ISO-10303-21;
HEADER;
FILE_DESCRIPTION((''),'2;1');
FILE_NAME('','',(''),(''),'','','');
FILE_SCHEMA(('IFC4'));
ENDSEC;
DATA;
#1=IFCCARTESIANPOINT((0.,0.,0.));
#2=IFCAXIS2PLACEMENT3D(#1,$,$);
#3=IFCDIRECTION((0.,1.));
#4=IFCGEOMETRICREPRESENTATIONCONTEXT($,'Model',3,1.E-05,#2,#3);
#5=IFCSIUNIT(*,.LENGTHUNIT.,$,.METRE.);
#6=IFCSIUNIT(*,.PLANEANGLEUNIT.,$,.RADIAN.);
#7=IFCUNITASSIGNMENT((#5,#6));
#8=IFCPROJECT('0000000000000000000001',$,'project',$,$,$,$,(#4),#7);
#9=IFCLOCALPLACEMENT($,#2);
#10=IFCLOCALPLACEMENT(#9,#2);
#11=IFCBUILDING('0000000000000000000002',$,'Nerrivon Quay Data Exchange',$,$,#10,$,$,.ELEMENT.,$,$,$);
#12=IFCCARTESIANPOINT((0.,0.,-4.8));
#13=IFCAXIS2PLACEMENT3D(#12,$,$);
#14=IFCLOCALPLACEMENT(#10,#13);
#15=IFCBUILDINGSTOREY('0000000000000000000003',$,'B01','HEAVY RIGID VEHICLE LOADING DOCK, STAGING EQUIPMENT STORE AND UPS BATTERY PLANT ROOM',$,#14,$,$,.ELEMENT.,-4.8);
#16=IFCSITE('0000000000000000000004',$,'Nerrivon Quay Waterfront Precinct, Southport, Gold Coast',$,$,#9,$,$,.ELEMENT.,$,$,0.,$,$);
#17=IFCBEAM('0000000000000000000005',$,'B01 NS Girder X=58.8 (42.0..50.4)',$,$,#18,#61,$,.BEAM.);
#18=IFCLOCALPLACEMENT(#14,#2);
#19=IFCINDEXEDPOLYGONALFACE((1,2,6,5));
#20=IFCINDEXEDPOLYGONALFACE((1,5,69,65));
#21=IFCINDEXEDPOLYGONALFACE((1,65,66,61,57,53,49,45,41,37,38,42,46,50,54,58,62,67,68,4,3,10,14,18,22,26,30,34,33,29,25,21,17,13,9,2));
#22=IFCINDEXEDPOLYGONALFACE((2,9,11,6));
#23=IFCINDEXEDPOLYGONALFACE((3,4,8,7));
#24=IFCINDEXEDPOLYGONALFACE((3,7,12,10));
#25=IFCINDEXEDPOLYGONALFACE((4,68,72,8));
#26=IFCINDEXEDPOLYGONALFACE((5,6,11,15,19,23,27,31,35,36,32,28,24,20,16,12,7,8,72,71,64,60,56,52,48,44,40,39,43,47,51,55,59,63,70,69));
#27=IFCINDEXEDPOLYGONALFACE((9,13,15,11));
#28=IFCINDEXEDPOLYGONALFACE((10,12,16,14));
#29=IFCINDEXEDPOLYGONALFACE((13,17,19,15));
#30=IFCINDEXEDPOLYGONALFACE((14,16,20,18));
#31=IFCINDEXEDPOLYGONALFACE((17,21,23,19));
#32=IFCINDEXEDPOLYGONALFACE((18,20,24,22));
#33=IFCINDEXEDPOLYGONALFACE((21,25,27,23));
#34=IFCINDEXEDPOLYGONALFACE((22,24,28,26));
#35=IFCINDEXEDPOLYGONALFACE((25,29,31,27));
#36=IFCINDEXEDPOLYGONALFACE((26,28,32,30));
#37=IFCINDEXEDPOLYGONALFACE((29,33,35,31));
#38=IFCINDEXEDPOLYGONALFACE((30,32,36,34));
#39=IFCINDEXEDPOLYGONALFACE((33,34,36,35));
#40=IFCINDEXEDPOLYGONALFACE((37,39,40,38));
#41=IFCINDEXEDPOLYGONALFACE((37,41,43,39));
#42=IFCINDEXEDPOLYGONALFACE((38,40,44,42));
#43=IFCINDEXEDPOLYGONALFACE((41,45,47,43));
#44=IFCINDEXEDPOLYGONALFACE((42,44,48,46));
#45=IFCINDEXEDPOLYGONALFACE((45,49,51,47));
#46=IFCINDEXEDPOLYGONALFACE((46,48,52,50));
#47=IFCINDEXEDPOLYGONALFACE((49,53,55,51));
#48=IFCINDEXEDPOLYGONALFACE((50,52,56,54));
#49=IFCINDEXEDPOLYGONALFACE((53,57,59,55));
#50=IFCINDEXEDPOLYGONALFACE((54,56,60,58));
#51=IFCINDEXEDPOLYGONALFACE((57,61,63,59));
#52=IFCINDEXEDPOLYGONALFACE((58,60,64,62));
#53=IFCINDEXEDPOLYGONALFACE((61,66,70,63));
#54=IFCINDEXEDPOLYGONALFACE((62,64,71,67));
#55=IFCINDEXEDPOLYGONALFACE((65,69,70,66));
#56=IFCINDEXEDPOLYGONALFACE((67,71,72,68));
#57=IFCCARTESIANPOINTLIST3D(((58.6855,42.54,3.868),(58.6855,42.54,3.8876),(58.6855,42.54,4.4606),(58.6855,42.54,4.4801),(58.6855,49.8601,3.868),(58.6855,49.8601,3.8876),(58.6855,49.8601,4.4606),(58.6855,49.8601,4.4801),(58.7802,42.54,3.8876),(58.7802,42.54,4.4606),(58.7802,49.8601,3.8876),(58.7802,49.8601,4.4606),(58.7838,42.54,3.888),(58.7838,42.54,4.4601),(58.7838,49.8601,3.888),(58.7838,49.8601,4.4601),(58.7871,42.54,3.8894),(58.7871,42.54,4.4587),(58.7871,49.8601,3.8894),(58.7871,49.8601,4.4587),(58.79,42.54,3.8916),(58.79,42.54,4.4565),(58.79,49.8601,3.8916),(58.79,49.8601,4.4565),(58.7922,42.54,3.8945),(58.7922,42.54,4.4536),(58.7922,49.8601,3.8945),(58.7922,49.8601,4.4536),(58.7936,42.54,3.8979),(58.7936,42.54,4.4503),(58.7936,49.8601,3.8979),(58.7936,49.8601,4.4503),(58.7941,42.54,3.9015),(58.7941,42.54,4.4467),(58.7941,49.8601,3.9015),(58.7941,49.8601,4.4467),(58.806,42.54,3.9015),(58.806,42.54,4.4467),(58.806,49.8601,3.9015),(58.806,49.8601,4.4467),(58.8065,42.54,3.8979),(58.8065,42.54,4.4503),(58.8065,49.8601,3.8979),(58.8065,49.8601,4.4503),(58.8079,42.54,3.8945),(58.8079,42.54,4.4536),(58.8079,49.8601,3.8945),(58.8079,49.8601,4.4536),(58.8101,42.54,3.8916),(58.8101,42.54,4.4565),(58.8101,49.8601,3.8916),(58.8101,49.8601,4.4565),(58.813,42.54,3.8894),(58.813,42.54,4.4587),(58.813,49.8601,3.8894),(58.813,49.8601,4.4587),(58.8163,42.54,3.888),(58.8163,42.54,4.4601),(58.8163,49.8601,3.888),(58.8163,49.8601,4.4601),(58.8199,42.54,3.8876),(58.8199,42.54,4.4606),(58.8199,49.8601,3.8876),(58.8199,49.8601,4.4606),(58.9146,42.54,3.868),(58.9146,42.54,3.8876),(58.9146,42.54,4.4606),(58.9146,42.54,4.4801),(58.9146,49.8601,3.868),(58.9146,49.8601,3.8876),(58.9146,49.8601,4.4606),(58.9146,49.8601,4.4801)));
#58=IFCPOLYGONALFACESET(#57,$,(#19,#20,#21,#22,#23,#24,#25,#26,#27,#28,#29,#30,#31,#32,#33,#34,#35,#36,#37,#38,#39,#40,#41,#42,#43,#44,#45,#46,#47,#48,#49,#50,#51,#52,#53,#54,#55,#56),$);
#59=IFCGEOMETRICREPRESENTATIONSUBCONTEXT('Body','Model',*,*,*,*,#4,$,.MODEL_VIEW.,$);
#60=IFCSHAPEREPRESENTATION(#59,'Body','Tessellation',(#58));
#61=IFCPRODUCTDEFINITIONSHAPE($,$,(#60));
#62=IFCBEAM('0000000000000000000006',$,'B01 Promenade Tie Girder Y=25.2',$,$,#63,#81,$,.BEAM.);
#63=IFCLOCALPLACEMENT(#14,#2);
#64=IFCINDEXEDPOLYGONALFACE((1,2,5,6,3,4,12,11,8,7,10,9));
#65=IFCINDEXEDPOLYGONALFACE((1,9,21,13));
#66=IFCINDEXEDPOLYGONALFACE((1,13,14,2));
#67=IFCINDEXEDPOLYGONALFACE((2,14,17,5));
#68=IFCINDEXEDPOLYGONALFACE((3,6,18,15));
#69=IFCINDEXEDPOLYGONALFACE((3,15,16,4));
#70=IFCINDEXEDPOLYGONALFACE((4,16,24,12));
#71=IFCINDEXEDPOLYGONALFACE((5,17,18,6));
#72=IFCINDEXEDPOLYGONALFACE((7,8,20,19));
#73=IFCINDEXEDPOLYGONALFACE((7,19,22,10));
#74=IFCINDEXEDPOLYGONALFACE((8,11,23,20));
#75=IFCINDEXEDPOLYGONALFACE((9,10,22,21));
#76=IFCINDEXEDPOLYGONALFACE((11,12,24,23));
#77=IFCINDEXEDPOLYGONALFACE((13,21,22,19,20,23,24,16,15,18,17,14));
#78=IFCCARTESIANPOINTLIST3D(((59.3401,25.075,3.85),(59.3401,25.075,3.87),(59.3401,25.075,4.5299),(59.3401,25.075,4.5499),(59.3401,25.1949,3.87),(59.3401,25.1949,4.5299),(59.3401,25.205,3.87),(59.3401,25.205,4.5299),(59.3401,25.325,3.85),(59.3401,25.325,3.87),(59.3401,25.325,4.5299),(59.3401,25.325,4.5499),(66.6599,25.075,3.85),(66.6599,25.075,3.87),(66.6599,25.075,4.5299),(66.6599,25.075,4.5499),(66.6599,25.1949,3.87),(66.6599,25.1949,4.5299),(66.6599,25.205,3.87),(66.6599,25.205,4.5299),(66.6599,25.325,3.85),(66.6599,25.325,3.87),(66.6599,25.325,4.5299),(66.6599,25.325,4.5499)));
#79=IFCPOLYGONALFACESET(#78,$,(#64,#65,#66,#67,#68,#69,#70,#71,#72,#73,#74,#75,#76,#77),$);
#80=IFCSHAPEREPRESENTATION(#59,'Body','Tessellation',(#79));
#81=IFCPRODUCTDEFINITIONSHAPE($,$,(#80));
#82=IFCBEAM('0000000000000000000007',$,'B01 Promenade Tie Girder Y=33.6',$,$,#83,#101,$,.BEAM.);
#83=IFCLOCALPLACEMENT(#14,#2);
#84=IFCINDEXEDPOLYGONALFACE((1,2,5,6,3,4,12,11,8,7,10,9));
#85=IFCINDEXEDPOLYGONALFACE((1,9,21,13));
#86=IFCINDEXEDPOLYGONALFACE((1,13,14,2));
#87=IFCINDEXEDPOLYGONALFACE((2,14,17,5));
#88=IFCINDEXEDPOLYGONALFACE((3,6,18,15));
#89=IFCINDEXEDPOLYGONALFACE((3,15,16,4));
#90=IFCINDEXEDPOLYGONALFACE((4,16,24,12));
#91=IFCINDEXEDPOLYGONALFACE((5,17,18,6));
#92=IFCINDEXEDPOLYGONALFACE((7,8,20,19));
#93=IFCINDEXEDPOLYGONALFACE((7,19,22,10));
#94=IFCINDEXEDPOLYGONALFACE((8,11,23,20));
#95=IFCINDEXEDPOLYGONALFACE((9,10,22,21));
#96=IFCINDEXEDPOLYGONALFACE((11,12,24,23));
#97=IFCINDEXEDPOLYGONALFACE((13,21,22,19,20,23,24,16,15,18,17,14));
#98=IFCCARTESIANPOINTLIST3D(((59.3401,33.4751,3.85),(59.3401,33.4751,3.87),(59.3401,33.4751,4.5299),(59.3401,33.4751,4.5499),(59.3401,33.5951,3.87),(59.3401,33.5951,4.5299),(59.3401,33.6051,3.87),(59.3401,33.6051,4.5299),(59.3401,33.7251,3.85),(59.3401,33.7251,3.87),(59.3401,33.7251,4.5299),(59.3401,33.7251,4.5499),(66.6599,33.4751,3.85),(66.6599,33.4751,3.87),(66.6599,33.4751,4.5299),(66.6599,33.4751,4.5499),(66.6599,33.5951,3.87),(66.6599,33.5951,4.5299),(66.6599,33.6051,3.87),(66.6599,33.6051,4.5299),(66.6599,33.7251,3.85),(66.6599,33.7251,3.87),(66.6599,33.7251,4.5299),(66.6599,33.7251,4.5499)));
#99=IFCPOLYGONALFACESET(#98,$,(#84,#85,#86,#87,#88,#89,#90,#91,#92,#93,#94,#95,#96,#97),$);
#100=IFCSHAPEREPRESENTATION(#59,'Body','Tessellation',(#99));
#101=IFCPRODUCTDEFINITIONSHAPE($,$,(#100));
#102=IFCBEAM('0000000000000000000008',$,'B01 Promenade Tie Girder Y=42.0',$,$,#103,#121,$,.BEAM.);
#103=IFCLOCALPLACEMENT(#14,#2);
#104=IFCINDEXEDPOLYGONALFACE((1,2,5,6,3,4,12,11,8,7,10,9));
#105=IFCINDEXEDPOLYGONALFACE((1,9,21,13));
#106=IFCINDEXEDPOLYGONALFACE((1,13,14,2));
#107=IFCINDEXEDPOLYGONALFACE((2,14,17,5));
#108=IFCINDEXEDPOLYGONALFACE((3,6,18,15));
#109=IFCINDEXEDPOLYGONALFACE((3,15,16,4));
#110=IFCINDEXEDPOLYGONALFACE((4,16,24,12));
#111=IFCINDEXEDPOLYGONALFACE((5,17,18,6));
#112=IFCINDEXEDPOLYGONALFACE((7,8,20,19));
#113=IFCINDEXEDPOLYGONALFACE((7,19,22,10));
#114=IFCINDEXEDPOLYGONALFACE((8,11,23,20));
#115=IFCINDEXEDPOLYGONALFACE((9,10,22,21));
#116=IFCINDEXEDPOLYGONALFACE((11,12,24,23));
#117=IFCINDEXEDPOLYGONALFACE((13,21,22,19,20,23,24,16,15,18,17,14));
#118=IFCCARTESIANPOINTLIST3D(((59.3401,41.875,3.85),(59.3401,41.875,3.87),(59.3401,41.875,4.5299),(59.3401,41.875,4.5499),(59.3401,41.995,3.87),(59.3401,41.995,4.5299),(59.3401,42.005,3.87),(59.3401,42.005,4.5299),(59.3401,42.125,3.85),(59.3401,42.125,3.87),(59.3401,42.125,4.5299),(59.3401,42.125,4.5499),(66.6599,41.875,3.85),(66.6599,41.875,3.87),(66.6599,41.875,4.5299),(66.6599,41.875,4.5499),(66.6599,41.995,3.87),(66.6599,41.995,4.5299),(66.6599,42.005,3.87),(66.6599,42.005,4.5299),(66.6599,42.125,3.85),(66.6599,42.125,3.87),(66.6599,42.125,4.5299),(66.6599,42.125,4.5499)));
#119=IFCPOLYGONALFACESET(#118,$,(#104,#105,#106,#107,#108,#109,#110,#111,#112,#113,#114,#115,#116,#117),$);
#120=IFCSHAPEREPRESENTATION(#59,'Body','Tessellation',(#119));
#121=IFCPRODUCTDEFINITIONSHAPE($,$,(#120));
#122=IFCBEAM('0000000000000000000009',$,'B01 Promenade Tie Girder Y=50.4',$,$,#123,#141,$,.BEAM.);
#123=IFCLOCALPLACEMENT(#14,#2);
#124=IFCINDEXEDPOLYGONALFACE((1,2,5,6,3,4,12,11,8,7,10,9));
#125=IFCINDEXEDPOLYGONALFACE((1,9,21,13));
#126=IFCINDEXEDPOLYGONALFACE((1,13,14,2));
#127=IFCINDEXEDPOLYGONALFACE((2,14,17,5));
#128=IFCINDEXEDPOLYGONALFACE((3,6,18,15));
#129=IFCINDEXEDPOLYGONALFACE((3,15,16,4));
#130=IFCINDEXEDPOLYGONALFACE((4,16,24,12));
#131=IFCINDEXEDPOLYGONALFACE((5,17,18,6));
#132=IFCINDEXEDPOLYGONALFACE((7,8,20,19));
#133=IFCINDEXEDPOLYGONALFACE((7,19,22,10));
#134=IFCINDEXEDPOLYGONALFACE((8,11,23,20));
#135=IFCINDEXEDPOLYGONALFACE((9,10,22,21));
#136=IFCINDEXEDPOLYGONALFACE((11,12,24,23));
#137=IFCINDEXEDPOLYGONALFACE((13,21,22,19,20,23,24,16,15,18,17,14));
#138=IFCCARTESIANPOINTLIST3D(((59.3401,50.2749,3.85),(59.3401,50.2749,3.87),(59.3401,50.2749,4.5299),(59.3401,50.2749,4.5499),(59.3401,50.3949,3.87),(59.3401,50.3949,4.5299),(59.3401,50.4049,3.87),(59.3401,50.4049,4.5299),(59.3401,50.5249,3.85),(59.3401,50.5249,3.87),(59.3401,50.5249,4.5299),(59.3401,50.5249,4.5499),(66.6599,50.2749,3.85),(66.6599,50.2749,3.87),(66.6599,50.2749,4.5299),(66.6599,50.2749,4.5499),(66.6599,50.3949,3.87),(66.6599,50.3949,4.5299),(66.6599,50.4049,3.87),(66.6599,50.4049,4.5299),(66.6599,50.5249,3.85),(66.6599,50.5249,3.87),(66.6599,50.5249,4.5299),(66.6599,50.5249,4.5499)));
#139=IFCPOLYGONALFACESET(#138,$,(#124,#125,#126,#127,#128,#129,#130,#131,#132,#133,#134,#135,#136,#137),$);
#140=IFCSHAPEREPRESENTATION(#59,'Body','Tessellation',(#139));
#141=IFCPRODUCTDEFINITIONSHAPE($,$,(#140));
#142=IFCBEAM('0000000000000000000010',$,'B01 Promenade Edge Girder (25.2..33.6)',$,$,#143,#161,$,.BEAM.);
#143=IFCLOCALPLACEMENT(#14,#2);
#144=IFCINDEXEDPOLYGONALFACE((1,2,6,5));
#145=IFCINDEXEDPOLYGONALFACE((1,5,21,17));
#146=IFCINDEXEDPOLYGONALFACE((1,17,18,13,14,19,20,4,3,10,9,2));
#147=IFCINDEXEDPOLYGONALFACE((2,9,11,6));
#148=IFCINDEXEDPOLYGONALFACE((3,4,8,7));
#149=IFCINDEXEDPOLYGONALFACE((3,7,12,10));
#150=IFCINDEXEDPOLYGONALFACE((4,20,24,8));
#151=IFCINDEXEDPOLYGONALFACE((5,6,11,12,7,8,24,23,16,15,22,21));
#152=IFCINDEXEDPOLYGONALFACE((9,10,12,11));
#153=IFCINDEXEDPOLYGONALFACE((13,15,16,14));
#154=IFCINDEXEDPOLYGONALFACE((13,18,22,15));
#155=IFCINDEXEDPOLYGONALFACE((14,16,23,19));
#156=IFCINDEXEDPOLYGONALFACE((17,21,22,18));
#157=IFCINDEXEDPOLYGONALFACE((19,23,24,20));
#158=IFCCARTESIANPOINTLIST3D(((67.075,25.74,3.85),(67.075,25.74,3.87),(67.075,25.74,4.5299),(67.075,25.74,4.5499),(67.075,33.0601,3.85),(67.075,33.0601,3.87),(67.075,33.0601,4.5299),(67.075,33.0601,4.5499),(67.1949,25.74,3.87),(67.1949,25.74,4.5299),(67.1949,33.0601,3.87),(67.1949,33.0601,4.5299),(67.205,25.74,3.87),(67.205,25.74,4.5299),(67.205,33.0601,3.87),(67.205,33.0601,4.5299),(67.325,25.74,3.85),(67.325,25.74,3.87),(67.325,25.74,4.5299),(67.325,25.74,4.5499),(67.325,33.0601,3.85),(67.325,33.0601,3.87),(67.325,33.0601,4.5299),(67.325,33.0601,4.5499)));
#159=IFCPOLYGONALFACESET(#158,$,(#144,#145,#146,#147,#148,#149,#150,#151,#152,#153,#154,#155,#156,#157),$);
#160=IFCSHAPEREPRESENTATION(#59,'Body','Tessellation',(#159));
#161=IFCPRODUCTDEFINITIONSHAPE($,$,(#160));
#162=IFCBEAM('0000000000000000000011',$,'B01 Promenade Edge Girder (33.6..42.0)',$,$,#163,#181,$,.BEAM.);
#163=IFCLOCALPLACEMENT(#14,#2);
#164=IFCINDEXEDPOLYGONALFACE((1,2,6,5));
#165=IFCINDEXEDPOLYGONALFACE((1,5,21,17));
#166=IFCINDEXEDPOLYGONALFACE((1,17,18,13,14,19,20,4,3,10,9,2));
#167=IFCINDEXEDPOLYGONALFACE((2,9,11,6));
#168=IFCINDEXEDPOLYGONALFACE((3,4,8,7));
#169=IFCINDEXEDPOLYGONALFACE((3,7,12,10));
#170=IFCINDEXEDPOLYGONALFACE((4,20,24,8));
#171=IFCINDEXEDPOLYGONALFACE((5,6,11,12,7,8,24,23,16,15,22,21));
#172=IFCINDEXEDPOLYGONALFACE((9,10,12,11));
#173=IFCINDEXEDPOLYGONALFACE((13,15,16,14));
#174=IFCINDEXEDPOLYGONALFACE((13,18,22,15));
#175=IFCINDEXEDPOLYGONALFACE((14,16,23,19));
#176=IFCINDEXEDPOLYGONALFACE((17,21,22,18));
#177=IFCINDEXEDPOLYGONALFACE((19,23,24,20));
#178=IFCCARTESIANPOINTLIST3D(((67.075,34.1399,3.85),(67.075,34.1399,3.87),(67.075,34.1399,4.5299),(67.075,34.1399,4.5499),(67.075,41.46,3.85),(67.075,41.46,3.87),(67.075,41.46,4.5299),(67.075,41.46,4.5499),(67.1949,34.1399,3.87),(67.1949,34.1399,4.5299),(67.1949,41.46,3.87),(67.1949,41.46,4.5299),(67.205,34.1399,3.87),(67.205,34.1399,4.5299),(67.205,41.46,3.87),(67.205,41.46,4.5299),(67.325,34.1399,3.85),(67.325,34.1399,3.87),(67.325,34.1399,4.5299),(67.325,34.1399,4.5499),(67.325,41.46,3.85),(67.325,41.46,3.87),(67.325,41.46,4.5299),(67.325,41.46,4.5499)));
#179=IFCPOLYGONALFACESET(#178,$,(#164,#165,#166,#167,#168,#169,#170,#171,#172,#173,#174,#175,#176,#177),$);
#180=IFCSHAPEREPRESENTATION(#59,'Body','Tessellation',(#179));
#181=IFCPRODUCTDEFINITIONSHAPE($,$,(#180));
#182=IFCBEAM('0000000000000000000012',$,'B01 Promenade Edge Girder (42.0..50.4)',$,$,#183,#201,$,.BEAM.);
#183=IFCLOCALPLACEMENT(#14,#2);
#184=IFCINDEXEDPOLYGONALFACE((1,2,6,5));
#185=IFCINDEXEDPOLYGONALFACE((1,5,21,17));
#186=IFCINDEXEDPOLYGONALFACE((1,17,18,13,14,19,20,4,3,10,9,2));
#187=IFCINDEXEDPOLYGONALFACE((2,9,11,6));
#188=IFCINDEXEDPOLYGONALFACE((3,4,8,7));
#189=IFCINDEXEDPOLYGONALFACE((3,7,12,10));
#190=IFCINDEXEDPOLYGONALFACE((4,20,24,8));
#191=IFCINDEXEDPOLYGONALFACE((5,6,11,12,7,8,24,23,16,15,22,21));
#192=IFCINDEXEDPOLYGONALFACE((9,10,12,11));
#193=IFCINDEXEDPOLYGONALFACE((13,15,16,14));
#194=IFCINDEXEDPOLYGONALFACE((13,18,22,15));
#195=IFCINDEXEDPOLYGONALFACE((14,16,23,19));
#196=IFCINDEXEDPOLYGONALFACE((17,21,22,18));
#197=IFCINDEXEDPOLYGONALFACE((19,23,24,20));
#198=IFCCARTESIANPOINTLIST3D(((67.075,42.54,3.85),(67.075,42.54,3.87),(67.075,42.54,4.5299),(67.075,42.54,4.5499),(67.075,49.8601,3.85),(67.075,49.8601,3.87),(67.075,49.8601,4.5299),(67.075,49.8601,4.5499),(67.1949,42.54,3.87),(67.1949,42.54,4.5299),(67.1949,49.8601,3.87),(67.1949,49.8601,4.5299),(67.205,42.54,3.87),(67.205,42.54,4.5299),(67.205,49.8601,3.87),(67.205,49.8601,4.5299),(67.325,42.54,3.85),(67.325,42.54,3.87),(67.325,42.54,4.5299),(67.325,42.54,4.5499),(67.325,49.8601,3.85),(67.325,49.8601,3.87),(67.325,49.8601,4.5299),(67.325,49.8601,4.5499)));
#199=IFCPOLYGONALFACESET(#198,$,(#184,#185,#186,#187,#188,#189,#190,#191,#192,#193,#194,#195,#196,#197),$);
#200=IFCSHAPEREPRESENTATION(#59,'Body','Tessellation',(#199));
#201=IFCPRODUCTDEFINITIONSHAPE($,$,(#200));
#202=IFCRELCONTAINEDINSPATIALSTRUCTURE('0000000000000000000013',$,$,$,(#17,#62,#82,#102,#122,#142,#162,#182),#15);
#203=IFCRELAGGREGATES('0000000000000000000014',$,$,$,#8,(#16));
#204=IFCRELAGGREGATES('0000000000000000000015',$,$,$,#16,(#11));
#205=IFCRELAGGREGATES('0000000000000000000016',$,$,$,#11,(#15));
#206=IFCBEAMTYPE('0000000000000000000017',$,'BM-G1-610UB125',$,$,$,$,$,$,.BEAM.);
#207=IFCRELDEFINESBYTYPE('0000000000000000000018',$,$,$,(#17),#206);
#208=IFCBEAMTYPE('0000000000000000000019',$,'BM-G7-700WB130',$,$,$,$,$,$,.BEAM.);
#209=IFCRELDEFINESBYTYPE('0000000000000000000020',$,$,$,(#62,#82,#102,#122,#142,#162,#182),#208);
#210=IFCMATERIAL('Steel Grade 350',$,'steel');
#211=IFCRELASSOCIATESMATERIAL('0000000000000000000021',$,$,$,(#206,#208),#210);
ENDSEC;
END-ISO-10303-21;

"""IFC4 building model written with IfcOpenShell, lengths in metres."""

from ifc_helpers import new_model, si_unit, direction, frame, origin, origin_2d, place, context, subcontext, project, spatial, i_section, extrude, material, material_profile, profile_set, type_object, element, save


model = new_model("IFC4")

# Units and contexts
model_context = context("Model", 3, precision=1e-05, world=origin(), true_north=direction((0.0, 1.0)))
body_context = subcontext(model_context, "Body", "Model", "MODEL_VIEW")
ifc_project = project(units=[si_unit("LENGTHUNIT", "METRE"), si_unit("PLANEANGLEUNIT", "RADIAN")], contexts=[model_context])

# Site, building, storey
site_placement = place(None, origin())
site = spatial("IfcSite", under=ifc_project, at=site_placement, Name="Nerrivon Quay Waterfront Precinct, Southport, Gold Coast", CompositionType="ELEMENT", RefElevation=0.0)
building_placement = place(site_placement, origin())
building = spatial("IfcBuilding", under=site, at=building_placement, Name="Nerrivon Quay Data Exchange", CompositionType="ELEMENT")
storey_placement = place(building_placement, frame((0.0, 0.0, -4.8)))
storey = spatial("IfcBuildingStorey", under=building, at=storey_placement, Name="B01", Description="HEAVY RIGID VEHICLE LOADING DOCK, STAGING EQUIPMENT STORE AND UPS BATTERY PLANT ROOM", CompositionType="ELEMENT", Elevation=-4.8)

# Beams
ifc_material_1 = material(Name="Steel Grade 350", Category="steel")
ifc_material_profile_1 = material_profile(ifc_material_1, i_section(OverallWidth=0.229, OverallDepth=0.6121, WebThickness=0.012, FlangeThickness=0.0195, FilletRadius=0.0139, at=origin_2d()), Name="610UB125")
ifc_profile_set_1 = profile_set([ifc_material_profile_1], Name="Steel Grade 350")
beam_type_1 = type_object("IfcBeamType", Name="BM-G1-610UB125", PredefinedType="BEAM", material=ifc_profile_set_1)
for number, where, z_axis, x_axis, name in (
    (1, (58.8, 42.54, 4.1741), (0.0, 1.0, 0.0), (-1.0, 0.0, 0.0), "B01 NS Girder X=58.8 (42.0..50.4)"),
):
    element("IfcBeam", number, at=place(storey_placement, frame(where, z_axis=z_axis, x_axis=x_axis)), inside=storey, type_object=beam_type_1, Name=name, PredefinedType="BEAM", context=body_context, shape_type="SweptSolid", body=[
        extrude(i_section(OverallWidth=0.229, OverallDepth=0.6121, WebThickness=0.012, FlangeThickness=0.0195, FilletRadius=0.0139, at=origin_2d()), origin(), (0.0, 0.0, 1.0), 7.3201),
    ])
ifc_material_profile_2 = material_profile(ifc_material_1, i_section(OverallWidth=0.25, OverallDepth=0.7, WebThickness=0.01, FlangeThickness=0.02, at=origin_2d()), Name="700WB130")
ifc_profile_set_2 = profile_set([ifc_material_profile_2], Name="Steel Grade 350")
beam_type_2 = type_object("IfcBeamType", Name="BM-G7-700WB130", PredefinedType="BEAM", material=ifc_profile_set_2)
for number, where, z_axis, x_axis, name in (
    (2, (59.3401, 25.2, 4.2), (1.0, 0.0, 0.0), (0.0, 1.0, 0.0), "B01 Promenade Tie Girder Y=25.2"),
    (3, (59.3401, 33.6001, 4.2), (1.0, 0.0, 0.0), (0.0, 1.0, 0.0), "B01 Promenade Tie Girder Y=33.6"),
    (4, (59.3401, 42.0, 4.2), (1.0, 0.0, 0.0), (0.0, 1.0, 0.0), "B01 Promenade Tie Girder Y=42.0"),
    (5, (59.3401, 50.3999, 4.2), (1.0, 0.0, 0.0), (0.0, 1.0, 0.0), "B01 Promenade Tie Girder Y=50.4"),
):
    element("IfcBeam", number, at=place(storey_placement, frame(where, z_axis=z_axis, x_axis=x_axis)), inside=storey, type_object=beam_type_2, Name=name, PredefinedType="BEAM", context=body_context, shape_type="SweptSolid", body=[
        extrude(i_section(OverallWidth=0.25, OverallDepth=0.7, WebThickness=0.01, FlangeThickness=0.02, at=origin_2d()), origin(), (0.0, 0.0, 1.0), 7.3198),
    ])
for number, where, z_axis, x_axis, name in (
    (6, (67.2, 25.74, 4.2), (0.0, 1.0, 0.0), (-1.0, 0.0, 0.0), "B01 Promenade Edge Girder (25.2..33.6)"),
    (7, (67.2, 34.1399, 4.2), (0.0, 1.0, 0.0), (-1.0, 0.0, 0.0), "B01 Promenade Edge Girder (33.6..42.0)"),
    (8, (67.2, 42.54, 4.2), (0.0, 1.0, 0.0), (-1.0, 0.0, 0.0), "B01 Promenade Edge Girder (42.0..50.4)"),
):
    element("IfcBeam", number, at=place(storey_placement, frame(where, z_axis=z_axis, x_axis=x_axis)), inside=storey, type_object=beam_type_2, Name=name, PredefinedType="BEAM", context=body_context, shape_type="SweptSolid", body=[
        extrude(i_section(OverallWidth=0.25, OverallDepth=0.7, WebThickness=0.01, FlangeThickness=0.02, at=origin_2d()), origin(), (0.0, 0.0, 1.0), 7.3201),
    ])

save(model, "model.ifc")
